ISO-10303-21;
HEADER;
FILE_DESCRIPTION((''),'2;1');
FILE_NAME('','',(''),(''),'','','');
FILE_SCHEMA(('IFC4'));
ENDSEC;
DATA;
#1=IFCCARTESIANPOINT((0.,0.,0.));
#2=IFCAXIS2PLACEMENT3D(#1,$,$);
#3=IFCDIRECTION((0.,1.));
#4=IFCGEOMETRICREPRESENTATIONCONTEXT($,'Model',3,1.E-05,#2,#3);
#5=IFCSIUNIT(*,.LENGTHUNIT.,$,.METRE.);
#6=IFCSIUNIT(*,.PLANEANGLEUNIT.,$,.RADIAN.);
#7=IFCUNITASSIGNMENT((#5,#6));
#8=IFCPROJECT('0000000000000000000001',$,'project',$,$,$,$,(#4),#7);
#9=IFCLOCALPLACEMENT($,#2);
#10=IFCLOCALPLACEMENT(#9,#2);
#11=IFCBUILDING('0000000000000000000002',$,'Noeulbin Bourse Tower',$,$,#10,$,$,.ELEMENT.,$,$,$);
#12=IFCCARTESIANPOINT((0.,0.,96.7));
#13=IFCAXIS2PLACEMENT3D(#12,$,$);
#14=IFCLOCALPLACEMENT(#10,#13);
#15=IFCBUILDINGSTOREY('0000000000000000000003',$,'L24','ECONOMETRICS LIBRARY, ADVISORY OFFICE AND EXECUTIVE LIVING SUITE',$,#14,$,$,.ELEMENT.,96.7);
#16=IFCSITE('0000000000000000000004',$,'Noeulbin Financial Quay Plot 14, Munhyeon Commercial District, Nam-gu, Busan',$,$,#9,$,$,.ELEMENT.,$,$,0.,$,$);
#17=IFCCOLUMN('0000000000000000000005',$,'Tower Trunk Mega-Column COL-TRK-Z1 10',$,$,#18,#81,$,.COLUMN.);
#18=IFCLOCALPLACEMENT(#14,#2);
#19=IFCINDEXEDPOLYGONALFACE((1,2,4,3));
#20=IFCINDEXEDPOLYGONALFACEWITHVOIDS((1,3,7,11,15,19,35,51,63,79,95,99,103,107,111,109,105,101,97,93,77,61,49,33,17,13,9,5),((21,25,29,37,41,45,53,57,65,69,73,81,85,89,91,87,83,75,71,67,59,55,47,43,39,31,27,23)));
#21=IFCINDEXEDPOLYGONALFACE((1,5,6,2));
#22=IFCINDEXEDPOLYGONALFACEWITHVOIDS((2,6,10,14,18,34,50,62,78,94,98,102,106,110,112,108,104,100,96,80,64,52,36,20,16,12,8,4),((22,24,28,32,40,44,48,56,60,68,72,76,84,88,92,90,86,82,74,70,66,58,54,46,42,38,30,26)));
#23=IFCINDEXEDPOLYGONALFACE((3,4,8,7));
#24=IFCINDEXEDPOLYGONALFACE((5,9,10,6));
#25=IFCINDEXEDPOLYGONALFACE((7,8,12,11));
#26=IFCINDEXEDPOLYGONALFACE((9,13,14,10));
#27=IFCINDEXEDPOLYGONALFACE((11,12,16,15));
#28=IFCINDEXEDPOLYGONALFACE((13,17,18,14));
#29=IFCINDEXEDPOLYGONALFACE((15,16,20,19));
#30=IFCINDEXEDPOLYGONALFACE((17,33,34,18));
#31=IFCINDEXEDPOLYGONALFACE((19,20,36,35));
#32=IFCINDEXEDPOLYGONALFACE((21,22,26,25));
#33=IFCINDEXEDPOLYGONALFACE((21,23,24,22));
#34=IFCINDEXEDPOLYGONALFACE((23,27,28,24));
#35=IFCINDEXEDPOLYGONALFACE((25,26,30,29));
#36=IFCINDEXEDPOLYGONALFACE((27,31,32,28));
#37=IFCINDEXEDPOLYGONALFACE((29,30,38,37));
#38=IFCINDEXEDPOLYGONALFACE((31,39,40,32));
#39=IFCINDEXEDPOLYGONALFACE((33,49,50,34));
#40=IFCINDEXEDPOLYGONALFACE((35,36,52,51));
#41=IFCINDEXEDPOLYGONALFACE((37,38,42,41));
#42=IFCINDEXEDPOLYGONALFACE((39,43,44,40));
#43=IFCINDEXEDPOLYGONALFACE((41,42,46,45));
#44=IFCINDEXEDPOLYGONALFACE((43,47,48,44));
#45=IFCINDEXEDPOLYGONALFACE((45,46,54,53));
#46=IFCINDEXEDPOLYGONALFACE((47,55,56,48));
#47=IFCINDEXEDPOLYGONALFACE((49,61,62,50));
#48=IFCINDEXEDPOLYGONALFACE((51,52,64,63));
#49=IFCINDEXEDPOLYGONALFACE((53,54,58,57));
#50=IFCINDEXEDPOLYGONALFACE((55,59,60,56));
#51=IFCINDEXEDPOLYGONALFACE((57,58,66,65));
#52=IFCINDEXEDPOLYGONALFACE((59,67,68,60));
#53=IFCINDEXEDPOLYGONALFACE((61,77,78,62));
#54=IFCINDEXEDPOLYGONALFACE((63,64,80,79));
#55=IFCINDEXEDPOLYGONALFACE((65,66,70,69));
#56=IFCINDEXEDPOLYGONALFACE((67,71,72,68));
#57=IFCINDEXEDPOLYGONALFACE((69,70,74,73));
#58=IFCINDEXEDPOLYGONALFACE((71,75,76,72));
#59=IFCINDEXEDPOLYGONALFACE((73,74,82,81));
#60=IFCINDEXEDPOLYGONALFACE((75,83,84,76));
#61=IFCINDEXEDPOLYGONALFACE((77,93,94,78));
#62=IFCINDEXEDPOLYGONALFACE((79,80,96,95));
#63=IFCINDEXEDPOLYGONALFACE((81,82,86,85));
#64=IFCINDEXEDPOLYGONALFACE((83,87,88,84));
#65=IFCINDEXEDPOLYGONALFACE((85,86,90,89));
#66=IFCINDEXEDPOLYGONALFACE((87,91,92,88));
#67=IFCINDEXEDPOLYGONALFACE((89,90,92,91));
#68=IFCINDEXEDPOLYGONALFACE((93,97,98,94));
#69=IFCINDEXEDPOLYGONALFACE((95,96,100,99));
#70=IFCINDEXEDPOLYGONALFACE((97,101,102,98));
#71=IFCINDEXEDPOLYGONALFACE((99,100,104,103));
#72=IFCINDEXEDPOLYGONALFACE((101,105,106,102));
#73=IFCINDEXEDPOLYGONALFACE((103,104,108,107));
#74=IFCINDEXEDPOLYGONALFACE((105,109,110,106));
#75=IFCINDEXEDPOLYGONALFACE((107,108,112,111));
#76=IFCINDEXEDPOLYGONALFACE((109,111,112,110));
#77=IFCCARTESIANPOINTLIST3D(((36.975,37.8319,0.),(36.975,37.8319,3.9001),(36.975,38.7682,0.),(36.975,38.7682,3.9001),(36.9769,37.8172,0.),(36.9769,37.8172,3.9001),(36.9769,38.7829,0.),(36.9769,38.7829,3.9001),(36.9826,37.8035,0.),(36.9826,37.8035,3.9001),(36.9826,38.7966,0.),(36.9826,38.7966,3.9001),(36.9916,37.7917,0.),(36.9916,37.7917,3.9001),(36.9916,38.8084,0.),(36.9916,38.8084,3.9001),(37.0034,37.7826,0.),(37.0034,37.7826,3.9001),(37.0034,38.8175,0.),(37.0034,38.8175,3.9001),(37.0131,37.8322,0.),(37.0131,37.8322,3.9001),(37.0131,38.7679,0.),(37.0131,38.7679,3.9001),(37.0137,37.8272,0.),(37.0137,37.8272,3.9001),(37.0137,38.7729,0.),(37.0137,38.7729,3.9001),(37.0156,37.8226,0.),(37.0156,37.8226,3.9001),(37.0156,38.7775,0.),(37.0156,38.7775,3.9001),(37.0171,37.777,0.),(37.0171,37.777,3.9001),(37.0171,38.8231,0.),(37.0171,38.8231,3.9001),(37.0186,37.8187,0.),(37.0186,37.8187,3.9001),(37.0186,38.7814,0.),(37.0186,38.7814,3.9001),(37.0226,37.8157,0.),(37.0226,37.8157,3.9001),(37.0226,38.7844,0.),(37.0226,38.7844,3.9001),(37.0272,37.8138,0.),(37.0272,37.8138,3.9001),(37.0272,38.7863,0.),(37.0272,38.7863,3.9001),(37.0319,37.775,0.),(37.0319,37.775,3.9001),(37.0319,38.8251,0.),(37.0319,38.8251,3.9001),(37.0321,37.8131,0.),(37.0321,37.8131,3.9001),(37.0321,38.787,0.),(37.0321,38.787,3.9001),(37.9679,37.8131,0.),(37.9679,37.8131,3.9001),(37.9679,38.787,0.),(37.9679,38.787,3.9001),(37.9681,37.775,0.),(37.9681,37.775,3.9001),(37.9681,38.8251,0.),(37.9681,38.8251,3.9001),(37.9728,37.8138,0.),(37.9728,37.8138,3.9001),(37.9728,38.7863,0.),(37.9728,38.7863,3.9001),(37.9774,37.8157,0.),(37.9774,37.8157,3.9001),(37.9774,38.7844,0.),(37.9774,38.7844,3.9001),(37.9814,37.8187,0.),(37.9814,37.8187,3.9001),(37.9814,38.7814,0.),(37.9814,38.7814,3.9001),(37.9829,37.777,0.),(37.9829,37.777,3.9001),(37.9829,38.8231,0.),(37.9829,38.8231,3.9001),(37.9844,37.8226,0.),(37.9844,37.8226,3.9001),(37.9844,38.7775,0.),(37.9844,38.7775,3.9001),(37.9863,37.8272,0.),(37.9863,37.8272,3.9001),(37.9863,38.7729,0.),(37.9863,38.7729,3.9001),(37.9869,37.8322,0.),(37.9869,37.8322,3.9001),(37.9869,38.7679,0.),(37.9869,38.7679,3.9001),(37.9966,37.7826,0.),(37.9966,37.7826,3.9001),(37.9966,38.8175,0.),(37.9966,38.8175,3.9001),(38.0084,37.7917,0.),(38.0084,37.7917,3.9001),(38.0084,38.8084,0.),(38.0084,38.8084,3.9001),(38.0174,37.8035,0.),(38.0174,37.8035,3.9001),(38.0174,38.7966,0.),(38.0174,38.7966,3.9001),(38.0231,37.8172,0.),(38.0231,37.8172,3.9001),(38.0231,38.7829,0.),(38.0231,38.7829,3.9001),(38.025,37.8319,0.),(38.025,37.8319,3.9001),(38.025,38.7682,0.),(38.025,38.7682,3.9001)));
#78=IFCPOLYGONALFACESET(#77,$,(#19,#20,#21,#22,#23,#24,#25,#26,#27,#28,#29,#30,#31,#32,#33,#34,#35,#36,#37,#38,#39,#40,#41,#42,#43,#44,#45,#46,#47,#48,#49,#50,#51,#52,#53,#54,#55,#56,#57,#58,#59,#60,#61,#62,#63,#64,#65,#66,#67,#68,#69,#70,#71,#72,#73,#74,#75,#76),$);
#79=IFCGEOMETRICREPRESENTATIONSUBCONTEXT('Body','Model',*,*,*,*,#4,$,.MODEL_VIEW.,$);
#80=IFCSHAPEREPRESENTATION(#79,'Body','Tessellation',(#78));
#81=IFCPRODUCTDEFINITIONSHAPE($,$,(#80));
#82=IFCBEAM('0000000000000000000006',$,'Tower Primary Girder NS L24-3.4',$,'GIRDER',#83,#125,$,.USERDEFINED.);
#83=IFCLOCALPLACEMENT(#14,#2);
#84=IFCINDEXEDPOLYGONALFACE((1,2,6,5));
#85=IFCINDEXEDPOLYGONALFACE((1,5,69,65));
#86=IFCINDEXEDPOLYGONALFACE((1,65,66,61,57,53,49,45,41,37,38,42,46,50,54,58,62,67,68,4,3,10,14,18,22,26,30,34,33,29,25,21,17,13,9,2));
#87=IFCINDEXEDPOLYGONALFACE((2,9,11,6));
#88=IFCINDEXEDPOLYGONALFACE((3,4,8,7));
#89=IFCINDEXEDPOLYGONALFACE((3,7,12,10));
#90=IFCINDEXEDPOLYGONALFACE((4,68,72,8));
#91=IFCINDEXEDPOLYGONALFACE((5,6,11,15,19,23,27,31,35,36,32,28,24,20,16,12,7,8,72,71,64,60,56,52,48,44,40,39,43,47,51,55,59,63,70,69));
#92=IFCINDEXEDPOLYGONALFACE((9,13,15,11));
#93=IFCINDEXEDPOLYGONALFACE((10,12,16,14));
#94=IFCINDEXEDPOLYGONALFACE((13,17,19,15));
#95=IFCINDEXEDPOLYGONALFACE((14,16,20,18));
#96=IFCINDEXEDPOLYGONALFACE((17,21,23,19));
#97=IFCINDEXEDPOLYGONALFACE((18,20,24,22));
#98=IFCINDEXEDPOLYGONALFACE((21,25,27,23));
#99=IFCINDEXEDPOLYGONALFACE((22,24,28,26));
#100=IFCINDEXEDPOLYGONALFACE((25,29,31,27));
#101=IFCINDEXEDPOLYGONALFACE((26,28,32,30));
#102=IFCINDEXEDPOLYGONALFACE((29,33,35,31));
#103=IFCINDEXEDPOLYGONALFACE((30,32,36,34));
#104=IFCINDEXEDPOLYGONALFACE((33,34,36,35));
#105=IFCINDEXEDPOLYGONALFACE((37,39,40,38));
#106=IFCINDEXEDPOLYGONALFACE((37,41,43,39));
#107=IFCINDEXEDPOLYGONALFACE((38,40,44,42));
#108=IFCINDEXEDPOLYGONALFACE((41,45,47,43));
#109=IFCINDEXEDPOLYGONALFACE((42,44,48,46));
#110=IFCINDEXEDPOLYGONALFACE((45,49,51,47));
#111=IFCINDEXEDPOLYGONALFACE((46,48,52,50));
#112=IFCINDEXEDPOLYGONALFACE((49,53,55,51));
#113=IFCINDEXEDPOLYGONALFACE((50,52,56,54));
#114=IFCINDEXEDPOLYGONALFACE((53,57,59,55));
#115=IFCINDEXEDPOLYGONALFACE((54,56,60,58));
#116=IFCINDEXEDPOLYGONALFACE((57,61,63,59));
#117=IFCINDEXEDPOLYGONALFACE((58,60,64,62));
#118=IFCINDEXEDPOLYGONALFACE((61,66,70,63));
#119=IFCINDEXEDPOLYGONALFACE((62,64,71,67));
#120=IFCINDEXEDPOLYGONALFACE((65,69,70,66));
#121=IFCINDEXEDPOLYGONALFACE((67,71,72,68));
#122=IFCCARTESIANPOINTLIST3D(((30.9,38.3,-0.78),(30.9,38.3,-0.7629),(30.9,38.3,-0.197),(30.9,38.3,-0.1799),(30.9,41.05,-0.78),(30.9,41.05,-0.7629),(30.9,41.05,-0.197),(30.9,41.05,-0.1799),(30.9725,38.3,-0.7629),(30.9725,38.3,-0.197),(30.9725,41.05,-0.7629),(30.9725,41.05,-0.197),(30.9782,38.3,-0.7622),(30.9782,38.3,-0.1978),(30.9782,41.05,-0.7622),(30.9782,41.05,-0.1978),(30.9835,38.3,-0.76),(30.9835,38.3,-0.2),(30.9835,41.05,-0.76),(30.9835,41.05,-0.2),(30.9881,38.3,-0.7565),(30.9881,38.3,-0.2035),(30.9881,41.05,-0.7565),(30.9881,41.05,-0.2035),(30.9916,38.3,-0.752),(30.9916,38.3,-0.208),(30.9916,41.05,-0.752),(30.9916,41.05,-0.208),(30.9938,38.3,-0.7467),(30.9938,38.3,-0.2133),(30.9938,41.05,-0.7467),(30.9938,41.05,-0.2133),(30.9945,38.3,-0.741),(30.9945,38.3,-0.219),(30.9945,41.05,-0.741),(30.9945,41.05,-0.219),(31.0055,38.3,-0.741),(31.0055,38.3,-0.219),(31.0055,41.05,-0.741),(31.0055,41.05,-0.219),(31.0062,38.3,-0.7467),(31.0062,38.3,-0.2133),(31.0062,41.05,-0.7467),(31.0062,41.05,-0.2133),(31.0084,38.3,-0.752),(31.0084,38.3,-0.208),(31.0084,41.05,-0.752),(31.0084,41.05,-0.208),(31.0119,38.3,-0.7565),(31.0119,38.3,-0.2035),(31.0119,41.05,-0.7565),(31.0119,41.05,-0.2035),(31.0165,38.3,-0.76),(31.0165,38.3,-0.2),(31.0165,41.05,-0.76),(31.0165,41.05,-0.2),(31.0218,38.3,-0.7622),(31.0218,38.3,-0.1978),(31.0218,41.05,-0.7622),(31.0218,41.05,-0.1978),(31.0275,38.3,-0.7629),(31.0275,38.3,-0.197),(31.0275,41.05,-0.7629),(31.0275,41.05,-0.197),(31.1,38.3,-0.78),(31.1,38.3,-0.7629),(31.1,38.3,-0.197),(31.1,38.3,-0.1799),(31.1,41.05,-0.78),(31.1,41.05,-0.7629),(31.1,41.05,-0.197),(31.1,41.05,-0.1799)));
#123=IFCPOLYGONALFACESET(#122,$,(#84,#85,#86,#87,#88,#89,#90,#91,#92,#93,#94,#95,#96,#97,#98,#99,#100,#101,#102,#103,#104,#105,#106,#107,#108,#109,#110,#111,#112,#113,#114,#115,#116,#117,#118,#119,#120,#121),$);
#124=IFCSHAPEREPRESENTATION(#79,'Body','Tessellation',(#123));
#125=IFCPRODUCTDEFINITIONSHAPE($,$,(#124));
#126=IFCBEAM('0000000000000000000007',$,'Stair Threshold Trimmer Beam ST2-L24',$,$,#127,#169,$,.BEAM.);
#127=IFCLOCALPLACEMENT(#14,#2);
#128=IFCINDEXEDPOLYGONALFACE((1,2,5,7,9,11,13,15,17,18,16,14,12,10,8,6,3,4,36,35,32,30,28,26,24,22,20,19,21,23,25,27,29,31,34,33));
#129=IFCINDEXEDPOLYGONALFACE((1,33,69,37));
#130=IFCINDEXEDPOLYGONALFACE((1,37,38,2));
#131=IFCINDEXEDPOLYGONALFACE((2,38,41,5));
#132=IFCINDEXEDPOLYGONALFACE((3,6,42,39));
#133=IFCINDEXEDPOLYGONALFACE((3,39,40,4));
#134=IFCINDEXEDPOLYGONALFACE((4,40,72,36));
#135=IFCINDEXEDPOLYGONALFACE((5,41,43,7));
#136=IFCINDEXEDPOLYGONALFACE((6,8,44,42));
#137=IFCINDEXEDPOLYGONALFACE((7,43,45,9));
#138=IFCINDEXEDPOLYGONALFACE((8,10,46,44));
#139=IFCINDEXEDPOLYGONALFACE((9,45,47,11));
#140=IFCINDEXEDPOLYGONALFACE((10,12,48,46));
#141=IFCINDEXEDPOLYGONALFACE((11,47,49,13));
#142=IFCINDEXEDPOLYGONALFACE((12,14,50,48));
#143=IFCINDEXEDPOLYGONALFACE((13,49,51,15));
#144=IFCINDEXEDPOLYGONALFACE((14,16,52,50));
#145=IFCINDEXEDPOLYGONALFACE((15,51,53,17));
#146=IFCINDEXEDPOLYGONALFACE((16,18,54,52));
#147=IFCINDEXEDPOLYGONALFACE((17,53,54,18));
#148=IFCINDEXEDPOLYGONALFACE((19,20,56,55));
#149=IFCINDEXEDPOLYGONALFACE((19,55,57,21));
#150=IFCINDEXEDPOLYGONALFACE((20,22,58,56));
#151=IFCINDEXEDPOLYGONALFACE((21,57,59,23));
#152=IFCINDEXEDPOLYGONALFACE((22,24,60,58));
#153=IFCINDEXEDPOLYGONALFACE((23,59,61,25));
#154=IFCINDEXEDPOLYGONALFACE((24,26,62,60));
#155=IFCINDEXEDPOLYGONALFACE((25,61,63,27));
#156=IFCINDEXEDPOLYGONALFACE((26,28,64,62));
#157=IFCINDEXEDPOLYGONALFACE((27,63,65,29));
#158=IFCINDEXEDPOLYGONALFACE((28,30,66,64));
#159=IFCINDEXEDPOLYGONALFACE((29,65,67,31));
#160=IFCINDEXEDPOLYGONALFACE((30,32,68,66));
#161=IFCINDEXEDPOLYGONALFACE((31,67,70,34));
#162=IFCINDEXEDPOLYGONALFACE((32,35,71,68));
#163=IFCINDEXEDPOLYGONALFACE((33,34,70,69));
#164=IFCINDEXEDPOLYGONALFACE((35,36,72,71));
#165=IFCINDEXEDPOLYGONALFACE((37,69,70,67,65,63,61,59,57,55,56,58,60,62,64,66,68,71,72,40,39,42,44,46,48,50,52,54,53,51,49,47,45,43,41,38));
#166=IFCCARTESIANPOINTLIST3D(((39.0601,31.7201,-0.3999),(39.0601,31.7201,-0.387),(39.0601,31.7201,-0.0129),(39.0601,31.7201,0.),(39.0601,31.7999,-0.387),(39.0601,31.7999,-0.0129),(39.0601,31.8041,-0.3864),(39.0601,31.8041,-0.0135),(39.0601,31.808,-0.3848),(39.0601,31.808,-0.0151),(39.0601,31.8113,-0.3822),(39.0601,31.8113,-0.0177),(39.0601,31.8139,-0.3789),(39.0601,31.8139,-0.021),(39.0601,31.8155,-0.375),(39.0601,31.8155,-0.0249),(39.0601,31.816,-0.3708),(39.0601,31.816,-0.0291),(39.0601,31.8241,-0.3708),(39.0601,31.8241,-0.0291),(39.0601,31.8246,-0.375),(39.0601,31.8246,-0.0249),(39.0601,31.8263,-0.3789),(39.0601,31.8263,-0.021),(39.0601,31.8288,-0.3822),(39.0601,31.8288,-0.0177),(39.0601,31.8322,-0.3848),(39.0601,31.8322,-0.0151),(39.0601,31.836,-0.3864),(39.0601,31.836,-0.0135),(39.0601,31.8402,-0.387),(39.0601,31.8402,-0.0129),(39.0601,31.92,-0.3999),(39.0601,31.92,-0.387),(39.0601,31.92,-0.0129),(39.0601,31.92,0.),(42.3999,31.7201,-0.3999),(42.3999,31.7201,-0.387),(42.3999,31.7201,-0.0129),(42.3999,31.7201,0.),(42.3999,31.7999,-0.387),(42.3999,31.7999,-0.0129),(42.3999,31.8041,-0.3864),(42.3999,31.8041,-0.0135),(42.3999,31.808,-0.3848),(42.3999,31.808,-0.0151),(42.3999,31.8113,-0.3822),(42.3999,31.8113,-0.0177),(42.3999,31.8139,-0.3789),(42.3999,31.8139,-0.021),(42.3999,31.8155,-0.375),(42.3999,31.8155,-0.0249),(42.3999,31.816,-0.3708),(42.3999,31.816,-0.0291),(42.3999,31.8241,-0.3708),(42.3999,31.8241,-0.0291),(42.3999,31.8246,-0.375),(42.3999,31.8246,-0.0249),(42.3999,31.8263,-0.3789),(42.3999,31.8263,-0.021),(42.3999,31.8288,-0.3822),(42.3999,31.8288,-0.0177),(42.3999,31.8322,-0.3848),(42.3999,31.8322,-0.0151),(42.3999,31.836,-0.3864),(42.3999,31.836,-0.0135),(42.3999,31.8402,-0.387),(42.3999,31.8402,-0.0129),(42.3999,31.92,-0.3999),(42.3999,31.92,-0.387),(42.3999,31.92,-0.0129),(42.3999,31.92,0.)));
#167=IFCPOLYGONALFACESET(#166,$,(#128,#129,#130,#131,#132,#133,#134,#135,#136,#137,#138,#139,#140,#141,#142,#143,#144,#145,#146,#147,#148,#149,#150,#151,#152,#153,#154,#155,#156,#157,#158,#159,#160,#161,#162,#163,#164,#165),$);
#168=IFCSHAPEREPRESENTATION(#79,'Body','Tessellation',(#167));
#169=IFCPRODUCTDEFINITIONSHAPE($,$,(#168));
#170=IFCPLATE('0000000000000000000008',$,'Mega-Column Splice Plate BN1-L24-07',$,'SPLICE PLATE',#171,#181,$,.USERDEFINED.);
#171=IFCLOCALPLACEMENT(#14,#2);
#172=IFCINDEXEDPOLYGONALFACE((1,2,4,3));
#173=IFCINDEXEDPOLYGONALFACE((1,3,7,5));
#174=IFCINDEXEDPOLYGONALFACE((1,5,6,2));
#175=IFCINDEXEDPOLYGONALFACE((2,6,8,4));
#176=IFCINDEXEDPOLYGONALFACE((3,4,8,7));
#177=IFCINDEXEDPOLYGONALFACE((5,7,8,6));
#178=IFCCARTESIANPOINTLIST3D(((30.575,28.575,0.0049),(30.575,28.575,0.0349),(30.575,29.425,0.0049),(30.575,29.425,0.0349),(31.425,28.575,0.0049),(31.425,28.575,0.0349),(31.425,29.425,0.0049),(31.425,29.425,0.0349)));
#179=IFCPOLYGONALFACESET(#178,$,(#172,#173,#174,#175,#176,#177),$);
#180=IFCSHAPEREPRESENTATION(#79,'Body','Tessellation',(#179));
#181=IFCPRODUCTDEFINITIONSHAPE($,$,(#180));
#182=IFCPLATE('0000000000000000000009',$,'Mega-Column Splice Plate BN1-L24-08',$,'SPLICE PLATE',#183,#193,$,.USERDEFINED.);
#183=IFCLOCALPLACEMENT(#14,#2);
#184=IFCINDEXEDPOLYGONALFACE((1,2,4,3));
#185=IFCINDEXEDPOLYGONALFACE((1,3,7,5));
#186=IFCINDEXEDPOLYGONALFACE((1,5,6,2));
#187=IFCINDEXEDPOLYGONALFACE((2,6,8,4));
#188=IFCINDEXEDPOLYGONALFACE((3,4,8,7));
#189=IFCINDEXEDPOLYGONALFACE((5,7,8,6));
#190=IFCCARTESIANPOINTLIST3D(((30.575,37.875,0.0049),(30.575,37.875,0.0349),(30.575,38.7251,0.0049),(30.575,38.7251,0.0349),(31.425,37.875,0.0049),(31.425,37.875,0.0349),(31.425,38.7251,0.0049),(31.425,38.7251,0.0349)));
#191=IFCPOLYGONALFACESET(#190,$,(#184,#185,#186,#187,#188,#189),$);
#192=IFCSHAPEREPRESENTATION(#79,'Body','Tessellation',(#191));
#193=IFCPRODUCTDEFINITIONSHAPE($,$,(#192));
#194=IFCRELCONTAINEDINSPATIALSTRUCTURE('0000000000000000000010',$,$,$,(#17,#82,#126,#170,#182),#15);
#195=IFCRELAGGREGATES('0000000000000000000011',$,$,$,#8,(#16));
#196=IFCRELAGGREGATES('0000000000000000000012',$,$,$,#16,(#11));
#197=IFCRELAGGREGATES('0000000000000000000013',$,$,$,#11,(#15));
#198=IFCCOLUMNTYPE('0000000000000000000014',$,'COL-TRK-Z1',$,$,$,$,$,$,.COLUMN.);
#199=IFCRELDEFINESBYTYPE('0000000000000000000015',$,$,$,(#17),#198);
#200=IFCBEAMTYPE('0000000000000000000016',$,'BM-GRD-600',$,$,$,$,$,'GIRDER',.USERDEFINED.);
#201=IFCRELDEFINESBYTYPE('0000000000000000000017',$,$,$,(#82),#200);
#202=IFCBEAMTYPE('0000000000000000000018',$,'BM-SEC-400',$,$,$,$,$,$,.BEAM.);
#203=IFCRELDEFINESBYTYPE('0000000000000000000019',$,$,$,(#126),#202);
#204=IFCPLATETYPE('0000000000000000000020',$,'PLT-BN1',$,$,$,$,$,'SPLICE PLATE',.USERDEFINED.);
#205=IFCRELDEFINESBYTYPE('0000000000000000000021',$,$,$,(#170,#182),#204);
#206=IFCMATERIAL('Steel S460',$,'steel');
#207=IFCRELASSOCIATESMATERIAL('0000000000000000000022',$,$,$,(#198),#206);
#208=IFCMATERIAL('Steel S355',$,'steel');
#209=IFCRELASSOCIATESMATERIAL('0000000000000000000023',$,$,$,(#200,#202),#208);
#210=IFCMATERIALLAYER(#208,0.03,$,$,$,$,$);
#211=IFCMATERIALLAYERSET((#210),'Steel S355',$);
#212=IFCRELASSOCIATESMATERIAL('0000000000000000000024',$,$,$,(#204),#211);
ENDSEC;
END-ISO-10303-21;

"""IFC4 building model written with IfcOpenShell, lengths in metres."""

from ifc_helpers import new_model, si_unit, direction, frame, origin, origin_2d, place, context, subcontext, project, spatial, rectangle, hollow_rectangle, i_section, extrude, material, layer, layer_set, material_profile, profile_set, type_object, element, save


model = new_model("IFC4")

# Units and contexts
model_context = context("Model", 3, precision=1e-05, world=origin(), true_north=direction((0.0, 1.0)))
body_context = subcontext(model_context, "Body", "Model", "MODEL_VIEW")
ifc_project = project(units=[si_unit("LENGTHUNIT", "METRE"), si_unit("PLANEANGLEUNIT", "RADIAN")], contexts=[model_context])

# Site, building, storey
site_placement = place(None, origin())
site = spatial("IfcSite", under=ifc_project, at=site_placement, Name="Noeulbin Financial Quay Plot 14, Munhyeon Commercial District, Nam-gu, Busan", CompositionType="ELEMENT", RefElevation=0.0)
building_placement = place(site_placement, origin())
building = spatial("IfcBuilding", under=site, at=building_placement, Name="Noeulbin Bourse Tower", CompositionType="ELEMENT")
storey_placement = place(building_placement, frame((0.0, 0.0, 96.7)))
storey = spatial("IfcBuildingStorey", under=building, at=storey_placement, Name="L24", Description="ECONOMETRICS LIBRARY, ADVISORY OFFICE AND EXECUTIVE LIVING SUITE", CompositionType="ELEMENT", Elevation=96.7)

# Column
ifc_material_1 = material(Name="Steel S460", Category="steel")
ifc_material_profile_1 = material_profile(ifc_material_1, hollow_rectangle(XDim=1.05, YDim=1.05, WallThickness=0.0381, InnerFilletRadius=0.019, OuterFilletRadius=0.0569, at=origin_2d()), Name="BOX-1050x1050x38", Category="LoadBearing")
ifc_profile_set_1 = profile_set([ifc_material_profile_1], Name="Steel S460")
column_type = type_object("IfcColumnType", Name="COL-TRK-Z1", PredefinedType="COLUMN", material=ifc_profile_set_1)
for number, where, z_axis, x_axis, name in (
    (1, (37.5, 38.3, 0.0), (0.0, 0.0, 1.0), (1.0, 0.0, 0.0), "Tower Trunk Mega-Column COL-TRK-Z1 10"),
):
    element("IfcColumn", number, at=place(storey_placement, frame(where, z_axis=z_axis, x_axis=x_axis)), inside=storey, type_object=column_type, Name=name, PredefinedType="COLUMN", context=body_context, shape_type="SweptSolid", body=[
        extrude(hollow_rectangle(XDim=1.05, YDim=1.05, WallThickness=0.0381, InnerFilletRadius=0.019, OuterFilletRadius=0.0569, at=origin_2d()), origin(), (0.0, 0.0, 1.0), 3.9001),
    ])

# Beams
ifc_material_2 = material(Name="Steel S355", Category="steel")
ifc_material_profile_2 = material_profile(ifc_material_2, i_section(OverallWidth=0.2, OverallDepth=0.6001, WebThickness=0.011, FlangeThickness=0.0171, FilletRadius=0.022, at=origin_2d()), Name="H-600x200x11x17", Category="LoadBearing")
ifc_profile_set_2 = profile_set([ifc_material_profile_2], Name="Steel S355")
beam_type_1 = type_object("IfcBeamType", Name="BM-GRD-600", ElementType="GIRDER", PredefinedType="USERDEFINED", material=ifc_profile_set_2)
beam_1_placement = place(storey_placement, frame((31.0, 38.3, -0.48), z_axis=(0.0, 1.0, 0.0), x_axis=(-1.0, 0.0, 0.0)))
element("IfcBeam", 2, at=beam_1_placement, inside=storey, type_object=beam_type_1, Name="Tower Primary Girder NS L24-3.4", ObjectType="GIRDER", PredefinedType="USERDEFINED", context=body_context, shape_type="SweptSolid", body=[
    extrude(i_section(OverallWidth=0.2, OverallDepth=0.6001, WebThickness=0.011, FlangeThickness=0.0171, FilletRadius=0.022, at=origin_2d()), origin(), (0.0, 0.0, 1.0), 2.75),
])
ifc_material_profile_3 = material_profile(ifc_material_2, i_section(OverallWidth=0.2, OverallDepth=0.3999, WebThickness=0.0081, FlangeThickness=0.0129, FilletRadius=0.0161, at=origin_2d()), Name="H-400x200x8x13", Category="LoadBearing")
ifc_profile_set_3 = profile_set([ifc_material_profile_3], Name="Steel S355")
beam_type_2 = type_object("IfcBeamType", Name="BM-SEC-400", PredefinedType="BEAM", material=ifc_profile_set_3)
beam_2_placement = place(storey_placement, frame((39.0601, 31.8201, -0.2), z_axis=(1.0, 0.0, 0.0), x_axis=(0.0, 1.0, 0.0)))
element("IfcBeam", 3, at=beam_2_placement, inside=storey, type_object=beam_type_2, Name="Stair Threshold Trimmer Beam ST2-L24", PredefinedType="BEAM", context=body_context, shape_type="SweptSolid", body=[
    extrude(i_section(OverallWidth=0.2, OverallDepth=0.3999, WebThickness=0.0081, FlangeThickness=0.0129, FilletRadius=0.0161, at=origin_2d()), origin(), (0.0, 0.0, 1.0), 3.3398),
])

# Plates
ifc_layer_1 = layer(ifc_material_2, 0.03)
ifc_layer_set_1 = layer_set([ifc_layer_1], Name="Steel S355")
plate_type = type_object("IfcPlateType", Name="PLT-BN1", ElementType="SPLICE PLATE", PredefinedType="USERDEFINED", material=ifc_layer_set_1)
for number, where, z_axis, x_axis, name in (
    (4, (31.0, 29.0, 0.0049), (0.0, 0.0, 1.0), (1.0, 0.0, 0.0), "Mega-Column Splice Plate BN1-L24-07"),
    (5, (31.0, 38.3, 0.0049), (0.0, 0.0, 1.0), (1.0, 0.0, 0.0), "Mega-Column Splice Plate BN1-L24-08"),
):
    element("IfcPlate", number, at=place(storey_placement, frame(where, z_axis=z_axis, x_axis=x_axis)), inside=storey, type_object=plate_type, Name=name, ObjectType="SPLICE PLATE", PredefinedType="USERDEFINED", context=body_context, shape_type="SweptSolid", body=[
        extrude(rectangle(XDim=0.8501, YDim=0.8501, at=origin_2d()), origin(), (0.0, 0.0, 1.0), 0.03),
    ])

save(model, "model.ifc")
